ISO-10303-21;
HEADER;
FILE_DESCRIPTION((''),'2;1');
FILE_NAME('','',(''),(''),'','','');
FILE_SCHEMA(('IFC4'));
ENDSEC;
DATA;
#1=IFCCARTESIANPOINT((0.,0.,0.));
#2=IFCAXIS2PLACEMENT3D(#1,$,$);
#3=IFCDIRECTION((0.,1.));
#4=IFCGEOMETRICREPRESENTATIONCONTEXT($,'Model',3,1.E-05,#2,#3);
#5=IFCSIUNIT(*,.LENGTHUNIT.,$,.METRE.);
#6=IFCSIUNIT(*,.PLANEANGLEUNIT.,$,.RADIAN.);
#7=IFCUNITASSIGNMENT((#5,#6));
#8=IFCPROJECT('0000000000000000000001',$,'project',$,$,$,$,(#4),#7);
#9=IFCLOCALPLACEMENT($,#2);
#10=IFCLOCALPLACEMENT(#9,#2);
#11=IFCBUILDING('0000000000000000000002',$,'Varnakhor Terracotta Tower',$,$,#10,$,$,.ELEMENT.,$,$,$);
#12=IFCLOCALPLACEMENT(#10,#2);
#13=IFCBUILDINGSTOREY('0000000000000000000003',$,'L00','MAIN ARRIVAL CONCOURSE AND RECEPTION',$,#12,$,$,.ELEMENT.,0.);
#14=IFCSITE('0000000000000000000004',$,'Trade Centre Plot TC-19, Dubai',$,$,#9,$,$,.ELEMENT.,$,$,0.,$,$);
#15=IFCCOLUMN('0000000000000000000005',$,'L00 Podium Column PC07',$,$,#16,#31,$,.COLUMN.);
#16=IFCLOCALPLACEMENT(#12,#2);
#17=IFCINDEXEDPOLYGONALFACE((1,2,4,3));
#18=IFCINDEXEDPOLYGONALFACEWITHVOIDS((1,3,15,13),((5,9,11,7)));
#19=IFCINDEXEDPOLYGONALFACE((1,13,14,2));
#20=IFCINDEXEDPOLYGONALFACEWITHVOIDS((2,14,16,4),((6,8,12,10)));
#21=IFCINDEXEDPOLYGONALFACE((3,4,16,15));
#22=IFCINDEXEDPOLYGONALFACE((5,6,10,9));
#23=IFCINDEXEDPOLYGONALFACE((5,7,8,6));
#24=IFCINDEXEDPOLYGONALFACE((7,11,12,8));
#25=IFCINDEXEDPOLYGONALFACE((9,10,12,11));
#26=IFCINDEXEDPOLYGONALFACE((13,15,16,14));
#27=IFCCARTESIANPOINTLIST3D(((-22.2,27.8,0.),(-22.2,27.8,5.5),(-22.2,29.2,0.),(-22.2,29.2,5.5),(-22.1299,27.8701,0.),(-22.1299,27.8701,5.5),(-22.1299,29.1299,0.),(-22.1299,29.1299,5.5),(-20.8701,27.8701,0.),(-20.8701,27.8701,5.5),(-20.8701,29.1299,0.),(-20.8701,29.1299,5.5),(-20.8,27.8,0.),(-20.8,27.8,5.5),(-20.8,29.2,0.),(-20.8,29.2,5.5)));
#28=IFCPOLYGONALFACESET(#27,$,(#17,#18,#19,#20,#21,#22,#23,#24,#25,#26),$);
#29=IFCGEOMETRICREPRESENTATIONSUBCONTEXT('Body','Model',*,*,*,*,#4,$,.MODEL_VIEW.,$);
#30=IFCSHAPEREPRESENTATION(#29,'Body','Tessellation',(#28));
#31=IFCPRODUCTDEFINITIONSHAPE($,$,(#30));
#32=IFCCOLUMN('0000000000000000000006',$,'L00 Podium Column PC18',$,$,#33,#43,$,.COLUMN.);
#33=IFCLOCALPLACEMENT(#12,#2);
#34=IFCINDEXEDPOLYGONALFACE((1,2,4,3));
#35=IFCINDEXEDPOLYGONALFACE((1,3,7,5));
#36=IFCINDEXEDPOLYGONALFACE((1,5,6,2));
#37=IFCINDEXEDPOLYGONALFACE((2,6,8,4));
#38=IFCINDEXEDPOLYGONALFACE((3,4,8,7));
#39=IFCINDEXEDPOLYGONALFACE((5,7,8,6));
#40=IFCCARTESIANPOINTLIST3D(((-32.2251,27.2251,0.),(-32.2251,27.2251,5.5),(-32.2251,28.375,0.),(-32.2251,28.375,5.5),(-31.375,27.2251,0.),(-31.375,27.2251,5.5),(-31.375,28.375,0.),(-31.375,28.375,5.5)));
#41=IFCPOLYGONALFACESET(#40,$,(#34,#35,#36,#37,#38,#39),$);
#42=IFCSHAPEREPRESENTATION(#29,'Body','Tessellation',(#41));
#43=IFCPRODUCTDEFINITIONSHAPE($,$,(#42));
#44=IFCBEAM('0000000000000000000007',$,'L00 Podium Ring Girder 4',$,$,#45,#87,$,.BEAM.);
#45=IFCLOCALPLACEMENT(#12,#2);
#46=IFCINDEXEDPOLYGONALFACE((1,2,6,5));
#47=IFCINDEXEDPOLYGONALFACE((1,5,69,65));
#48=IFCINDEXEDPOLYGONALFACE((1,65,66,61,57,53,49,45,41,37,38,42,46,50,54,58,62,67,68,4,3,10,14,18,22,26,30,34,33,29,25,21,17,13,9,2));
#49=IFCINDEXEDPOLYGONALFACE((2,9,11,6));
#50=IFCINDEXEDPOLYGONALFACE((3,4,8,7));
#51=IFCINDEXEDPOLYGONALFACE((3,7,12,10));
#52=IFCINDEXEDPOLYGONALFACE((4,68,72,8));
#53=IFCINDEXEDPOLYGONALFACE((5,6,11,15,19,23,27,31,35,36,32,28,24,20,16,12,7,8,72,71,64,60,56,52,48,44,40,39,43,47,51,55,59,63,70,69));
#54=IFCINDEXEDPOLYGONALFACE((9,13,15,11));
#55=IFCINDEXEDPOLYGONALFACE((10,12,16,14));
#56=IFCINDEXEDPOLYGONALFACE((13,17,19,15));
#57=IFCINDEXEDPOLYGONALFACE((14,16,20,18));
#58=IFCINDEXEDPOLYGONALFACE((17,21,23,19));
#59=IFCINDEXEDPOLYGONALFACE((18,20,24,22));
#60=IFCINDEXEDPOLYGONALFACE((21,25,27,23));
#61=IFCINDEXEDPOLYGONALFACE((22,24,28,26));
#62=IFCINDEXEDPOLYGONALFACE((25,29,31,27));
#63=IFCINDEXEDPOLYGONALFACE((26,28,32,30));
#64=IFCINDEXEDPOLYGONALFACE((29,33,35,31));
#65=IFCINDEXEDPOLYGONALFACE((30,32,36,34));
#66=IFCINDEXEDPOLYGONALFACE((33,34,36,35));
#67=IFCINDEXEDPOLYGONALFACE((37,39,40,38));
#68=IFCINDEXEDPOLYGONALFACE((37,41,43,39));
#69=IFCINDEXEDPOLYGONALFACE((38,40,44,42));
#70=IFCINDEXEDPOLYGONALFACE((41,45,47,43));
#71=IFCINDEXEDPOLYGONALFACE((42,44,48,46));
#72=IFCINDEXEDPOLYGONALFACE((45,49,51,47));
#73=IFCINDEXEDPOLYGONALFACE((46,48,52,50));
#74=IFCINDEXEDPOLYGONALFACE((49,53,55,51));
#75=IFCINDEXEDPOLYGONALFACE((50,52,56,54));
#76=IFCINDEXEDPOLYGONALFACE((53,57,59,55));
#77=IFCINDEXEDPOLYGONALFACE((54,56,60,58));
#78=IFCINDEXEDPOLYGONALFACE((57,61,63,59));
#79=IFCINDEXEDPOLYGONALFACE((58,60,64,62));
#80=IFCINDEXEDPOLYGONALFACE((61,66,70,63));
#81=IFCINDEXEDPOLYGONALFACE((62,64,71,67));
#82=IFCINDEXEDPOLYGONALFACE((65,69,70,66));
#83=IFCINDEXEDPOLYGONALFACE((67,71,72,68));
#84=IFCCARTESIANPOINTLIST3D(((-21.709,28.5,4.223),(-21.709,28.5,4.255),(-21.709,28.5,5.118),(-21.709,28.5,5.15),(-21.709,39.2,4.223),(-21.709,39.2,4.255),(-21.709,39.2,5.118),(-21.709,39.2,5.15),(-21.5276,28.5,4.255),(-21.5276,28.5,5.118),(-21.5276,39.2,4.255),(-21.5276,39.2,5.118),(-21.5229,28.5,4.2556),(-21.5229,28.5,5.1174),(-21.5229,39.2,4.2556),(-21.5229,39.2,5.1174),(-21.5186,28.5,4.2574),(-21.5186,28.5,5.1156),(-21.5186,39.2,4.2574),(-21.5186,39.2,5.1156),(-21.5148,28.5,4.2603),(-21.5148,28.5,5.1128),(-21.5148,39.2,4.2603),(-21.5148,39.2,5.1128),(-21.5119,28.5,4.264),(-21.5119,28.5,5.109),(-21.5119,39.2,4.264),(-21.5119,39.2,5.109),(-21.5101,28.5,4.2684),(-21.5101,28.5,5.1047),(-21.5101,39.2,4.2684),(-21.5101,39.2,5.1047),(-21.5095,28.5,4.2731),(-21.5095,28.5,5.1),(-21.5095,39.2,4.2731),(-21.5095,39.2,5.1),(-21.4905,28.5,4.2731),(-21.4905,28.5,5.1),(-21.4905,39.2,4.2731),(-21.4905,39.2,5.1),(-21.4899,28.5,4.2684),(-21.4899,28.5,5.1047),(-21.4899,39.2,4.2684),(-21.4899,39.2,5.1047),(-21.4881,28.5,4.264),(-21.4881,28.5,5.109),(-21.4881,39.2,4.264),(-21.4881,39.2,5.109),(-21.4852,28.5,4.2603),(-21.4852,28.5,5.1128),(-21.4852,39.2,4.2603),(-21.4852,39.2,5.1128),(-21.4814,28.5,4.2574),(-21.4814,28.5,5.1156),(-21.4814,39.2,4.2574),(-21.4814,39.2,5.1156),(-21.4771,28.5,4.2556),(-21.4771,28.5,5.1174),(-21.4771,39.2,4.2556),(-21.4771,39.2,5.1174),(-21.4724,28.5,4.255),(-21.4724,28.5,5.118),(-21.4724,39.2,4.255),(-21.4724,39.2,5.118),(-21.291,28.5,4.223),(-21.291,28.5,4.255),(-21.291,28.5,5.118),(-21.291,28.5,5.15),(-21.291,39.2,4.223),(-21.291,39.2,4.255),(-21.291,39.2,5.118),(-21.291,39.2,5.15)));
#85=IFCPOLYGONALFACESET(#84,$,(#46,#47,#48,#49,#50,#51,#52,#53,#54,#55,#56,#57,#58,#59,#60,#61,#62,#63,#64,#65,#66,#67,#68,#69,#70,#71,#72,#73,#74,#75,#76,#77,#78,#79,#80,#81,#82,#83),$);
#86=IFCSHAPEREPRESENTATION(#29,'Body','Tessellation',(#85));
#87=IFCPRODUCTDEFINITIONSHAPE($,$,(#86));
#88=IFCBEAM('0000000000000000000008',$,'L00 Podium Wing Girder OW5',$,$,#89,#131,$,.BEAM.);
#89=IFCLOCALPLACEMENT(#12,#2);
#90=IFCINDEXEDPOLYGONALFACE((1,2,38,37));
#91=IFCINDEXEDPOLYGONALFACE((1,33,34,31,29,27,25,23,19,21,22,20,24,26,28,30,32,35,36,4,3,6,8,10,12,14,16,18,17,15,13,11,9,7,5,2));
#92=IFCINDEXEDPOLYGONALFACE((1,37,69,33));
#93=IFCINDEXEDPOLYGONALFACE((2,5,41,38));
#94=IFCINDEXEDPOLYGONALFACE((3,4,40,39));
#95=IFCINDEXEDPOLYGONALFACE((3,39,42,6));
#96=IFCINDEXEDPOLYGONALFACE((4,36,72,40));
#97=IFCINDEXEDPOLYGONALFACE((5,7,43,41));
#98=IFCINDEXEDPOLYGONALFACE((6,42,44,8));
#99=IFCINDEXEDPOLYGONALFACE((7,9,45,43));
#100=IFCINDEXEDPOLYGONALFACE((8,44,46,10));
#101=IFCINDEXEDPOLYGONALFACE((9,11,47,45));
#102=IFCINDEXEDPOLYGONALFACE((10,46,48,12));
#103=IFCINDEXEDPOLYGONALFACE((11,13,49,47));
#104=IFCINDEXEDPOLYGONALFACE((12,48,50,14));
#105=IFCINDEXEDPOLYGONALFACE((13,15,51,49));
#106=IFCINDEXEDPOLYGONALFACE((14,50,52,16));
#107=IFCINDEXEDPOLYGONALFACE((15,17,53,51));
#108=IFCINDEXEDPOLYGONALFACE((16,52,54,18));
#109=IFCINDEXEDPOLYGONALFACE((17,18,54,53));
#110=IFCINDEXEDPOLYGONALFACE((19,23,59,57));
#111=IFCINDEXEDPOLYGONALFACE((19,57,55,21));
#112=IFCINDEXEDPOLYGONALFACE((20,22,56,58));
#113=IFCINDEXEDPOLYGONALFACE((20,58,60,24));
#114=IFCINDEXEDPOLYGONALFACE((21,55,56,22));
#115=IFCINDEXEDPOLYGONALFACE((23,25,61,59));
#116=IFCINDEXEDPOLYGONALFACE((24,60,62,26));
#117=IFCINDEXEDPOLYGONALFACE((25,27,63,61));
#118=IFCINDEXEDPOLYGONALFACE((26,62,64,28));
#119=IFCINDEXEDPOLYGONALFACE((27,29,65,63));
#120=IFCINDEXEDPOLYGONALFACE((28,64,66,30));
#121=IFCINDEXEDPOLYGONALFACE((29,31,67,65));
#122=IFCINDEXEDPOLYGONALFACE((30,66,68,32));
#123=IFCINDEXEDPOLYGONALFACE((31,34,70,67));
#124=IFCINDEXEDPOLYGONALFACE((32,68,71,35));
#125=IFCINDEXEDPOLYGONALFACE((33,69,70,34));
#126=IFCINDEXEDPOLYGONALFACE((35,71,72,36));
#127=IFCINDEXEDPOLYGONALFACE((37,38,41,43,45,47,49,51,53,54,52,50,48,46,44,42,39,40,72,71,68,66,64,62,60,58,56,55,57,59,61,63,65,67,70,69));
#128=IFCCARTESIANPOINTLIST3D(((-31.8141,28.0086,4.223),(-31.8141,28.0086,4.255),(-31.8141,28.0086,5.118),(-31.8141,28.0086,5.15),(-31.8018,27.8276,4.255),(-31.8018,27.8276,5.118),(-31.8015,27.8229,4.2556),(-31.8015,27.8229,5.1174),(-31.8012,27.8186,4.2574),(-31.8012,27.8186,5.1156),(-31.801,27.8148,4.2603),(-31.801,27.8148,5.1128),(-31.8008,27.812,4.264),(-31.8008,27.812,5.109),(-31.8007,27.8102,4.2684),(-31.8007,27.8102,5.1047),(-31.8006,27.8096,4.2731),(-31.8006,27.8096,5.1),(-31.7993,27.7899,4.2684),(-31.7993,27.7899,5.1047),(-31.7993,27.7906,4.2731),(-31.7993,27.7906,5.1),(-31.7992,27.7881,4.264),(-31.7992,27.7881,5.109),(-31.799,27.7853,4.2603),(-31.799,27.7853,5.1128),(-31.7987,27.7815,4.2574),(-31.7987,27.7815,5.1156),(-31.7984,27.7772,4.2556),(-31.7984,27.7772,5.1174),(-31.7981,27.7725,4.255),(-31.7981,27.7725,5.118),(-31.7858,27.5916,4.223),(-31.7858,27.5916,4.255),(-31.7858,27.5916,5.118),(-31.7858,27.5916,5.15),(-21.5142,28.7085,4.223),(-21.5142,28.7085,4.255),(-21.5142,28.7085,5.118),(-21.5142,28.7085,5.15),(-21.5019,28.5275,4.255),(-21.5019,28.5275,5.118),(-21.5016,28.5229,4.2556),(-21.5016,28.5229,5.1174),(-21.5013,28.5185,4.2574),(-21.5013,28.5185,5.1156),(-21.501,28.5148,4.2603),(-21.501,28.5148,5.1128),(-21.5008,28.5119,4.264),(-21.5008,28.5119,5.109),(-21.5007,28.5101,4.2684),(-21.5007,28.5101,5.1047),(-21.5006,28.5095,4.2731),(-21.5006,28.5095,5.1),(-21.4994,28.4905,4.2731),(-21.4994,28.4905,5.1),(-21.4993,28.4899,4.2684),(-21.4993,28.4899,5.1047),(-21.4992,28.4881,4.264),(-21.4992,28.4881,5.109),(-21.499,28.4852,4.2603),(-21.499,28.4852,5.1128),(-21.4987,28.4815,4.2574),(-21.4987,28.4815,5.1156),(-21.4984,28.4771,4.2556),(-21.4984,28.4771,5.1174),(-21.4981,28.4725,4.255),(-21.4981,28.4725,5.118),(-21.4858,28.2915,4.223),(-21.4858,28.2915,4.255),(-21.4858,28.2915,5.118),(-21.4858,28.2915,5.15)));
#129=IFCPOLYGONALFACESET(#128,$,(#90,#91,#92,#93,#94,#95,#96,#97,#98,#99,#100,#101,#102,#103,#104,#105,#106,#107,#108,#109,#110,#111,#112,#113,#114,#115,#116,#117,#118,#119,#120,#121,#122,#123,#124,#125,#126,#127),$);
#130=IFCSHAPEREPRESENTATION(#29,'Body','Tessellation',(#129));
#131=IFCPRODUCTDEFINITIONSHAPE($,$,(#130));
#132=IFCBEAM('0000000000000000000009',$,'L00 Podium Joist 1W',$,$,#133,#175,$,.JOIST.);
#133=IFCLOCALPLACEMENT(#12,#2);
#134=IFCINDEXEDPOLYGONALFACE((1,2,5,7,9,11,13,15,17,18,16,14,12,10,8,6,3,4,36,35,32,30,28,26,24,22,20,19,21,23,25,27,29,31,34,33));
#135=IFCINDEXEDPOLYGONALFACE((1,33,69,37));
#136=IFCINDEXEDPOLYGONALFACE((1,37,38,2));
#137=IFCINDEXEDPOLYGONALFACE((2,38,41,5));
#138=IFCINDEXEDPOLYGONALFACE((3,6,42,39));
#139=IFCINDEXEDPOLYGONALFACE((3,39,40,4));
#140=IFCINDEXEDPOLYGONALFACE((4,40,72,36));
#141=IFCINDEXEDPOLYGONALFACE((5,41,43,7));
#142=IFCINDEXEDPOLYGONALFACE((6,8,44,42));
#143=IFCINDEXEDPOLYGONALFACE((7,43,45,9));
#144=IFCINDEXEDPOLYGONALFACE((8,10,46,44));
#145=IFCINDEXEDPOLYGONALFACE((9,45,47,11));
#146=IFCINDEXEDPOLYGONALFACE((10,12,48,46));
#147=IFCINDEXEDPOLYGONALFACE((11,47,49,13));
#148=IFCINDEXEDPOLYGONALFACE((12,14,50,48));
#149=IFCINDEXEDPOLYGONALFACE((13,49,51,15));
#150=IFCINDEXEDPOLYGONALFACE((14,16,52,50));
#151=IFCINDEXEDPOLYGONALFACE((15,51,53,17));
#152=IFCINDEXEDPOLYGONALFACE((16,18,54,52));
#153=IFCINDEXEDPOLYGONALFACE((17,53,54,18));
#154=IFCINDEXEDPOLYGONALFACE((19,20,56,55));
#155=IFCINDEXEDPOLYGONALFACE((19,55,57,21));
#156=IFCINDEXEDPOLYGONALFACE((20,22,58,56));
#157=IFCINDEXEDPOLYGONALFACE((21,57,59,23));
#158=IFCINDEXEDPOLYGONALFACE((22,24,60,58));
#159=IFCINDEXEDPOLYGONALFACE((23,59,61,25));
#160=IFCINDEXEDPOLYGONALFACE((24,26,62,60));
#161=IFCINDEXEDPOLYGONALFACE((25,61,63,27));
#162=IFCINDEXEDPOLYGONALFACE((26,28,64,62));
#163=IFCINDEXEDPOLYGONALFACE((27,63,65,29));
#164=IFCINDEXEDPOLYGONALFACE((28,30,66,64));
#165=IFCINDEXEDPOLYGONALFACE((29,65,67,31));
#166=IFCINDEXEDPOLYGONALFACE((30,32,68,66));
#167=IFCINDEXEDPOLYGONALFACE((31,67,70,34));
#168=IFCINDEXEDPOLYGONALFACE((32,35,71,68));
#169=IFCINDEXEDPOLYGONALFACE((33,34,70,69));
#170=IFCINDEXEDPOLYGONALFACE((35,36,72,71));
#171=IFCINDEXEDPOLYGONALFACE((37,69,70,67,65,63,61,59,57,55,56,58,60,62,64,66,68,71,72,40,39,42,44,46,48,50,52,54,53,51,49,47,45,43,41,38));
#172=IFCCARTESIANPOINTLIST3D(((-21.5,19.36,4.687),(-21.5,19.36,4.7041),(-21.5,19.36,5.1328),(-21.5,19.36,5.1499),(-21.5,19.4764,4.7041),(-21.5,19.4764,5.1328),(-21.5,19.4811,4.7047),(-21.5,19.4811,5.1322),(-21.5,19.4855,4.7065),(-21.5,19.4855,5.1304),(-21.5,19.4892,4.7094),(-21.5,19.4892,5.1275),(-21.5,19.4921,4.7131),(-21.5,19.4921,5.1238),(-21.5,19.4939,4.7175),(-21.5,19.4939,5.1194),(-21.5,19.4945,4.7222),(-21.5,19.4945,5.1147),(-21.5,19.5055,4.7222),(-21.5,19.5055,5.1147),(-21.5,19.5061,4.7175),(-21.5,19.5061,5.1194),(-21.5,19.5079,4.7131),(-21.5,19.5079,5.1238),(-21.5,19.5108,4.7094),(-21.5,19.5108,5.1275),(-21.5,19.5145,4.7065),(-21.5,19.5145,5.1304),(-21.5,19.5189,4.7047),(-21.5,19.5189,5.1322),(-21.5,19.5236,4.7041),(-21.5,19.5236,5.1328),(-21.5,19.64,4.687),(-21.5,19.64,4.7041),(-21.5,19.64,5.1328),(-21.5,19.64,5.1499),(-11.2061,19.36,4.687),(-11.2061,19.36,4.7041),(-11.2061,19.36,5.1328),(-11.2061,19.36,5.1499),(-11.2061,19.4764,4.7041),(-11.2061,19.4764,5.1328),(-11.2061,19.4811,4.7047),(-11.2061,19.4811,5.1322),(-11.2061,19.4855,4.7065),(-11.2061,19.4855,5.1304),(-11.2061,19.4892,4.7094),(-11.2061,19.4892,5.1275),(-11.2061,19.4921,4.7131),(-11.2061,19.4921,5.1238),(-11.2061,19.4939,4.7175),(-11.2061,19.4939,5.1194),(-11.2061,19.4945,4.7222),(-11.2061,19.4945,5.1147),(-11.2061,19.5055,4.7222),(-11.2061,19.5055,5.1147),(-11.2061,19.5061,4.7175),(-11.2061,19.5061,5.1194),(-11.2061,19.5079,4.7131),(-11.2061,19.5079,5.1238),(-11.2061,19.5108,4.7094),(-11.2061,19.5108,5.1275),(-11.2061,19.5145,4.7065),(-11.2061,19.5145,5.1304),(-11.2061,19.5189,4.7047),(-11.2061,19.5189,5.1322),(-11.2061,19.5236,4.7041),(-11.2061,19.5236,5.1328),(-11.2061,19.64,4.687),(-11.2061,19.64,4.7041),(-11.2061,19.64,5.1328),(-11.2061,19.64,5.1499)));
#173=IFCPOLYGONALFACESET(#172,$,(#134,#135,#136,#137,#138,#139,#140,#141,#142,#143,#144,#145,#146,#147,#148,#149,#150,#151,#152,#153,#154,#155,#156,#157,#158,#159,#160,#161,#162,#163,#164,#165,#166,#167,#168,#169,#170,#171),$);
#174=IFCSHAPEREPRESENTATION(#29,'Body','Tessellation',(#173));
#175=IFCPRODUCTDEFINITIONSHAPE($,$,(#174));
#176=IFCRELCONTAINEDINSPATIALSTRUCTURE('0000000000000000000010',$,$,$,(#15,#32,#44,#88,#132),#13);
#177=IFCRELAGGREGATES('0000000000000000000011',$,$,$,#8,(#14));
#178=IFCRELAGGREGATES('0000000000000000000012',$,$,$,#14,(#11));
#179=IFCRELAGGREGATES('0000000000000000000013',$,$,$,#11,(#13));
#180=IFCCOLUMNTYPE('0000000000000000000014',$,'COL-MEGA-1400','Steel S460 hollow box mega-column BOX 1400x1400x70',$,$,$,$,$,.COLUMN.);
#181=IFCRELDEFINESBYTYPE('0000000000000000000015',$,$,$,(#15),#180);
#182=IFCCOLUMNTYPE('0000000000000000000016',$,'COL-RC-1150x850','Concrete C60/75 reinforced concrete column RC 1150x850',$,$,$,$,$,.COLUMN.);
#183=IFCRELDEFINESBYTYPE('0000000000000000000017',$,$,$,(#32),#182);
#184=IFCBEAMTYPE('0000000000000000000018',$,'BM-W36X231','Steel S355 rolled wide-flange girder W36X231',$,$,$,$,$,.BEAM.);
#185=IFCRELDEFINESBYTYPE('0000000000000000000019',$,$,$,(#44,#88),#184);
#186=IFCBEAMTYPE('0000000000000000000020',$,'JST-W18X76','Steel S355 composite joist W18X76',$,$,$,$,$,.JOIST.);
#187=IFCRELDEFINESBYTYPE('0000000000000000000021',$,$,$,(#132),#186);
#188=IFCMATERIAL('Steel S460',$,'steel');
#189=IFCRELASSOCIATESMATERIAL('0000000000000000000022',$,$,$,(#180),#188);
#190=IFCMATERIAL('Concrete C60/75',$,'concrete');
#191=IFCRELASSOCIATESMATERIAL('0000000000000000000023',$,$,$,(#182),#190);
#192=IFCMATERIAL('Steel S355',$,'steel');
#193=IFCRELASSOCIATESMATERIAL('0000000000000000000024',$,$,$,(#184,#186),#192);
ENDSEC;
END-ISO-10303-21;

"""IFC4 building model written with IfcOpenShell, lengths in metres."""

from ifc_helpers import new_model, si_unit, direction, frame, origin, origin_2d, place, context, subcontext, project, spatial, rectangle, hollow_rectangle, i_section, extrude, source, transform, mapped, material, material_profile, profile_set, type_object, type_shapes, element, save


model = new_model("IFC4")

# Units and contexts
model_context = context("Model", 3, precision=1e-05, world=origin(), true_north=direction((0.0, 1.0)))
body_context = subcontext(model_context, "Body", "Model", "MODEL_VIEW")
ifc_project = project(units=[si_unit("LENGTHUNIT", "METRE"), si_unit("PLANEANGLEUNIT", "RADIAN")], contexts=[model_context])

# Site, building, storey
site_placement = place(None, origin())
site = spatial("IfcSite", under=ifc_project, at=site_placement, Name="Trade Centre Plot TC-19, Dubai", CompositionType="ELEMENT", RefElevation=0.0)
building_placement = place(site_placement, origin())
building = spatial("IfcBuilding", under=site, at=building_placement, Name="Varnakhor Terracotta Tower", CompositionType="ELEMENT")
storey_placement = place(building_placement, origin())
storey = spatial("IfcBuildingStorey", under=building, at=storey_placement, Name="L00", Description="MAIN ARRIVAL CONCOURSE AND RECEPTION", CompositionType="ELEMENT", Elevation=0.0)

# Columns
ifc_material_1 = material(Name="Steel S460", Category="steel")
ifc_material_profile_1 = material_profile(ifc_material_1, hollow_rectangle(XDim=1.3999, YDim=1.3999, WallThickness=0.0701, at=origin_2d()), Name="BOX 1400x1400x70")
ifc_profile_set_1 = profile_set([ifc_material_profile_1], Name="Steel S460")
column_type_1 = type_object("IfcColumnType", Name="COL-MEGA-1400", Description="Steel S460 hollow box mega-column BOX 1400x1400x70", PredefinedType="COLUMN", material=ifc_profile_set_1)
shared_shape_1 = source(origin(), body_context, "Body", "SweptSolid", [
    extrude(hollow_rectangle(XDim=1.3999, YDim=1.3999, WallThickness=0.0701, at=origin_2d()), origin(), (0.0, 0.0, 1.0), 5.5),
])
column_1_placement = place(storey_placement, frame((-21.5, 28.5, 0.0), z_axis=(0.0, 0.0, 1.0), x_axis=(1.0, 0.0, 0.0)))
element("IfcColumn", 1, at=column_1_placement, inside=storey, type_object=column_type_1, Name="L00 Podium Column PC07", PredefinedType="COLUMN", context=body_context, shape_type="MappedRepresentation", body=[
    mapped(shared_shape_1, transform((0.0, 0.0, 0.0), scale=1.0)),
])
ifc_material_2 = material(Name="Concrete C60/75", Category="concrete")
ifc_material_profile_2 = material_profile(ifc_material_2, rectangle(XDim=0.8501, YDim=1.1499, at=origin_2d()), Name="RC 1150x850")
ifc_profile_set_2 = profile_set([ifc_material_profile_2], Name="Concrete C60/75")
column_type_2 = type_object("IfcColumnType", Name="COL-RC-1150x850", Description="Concrete C60/75 reinforced concrete column RC 1150x850", PredefinedType="COLUMN", material=ifc_profile_set_2)
shared_shape_2 = source(origin(), body_context, "Body", "SweptSolid", [
    extrude(rectangle(XDim=0.8501, YDim=1.1499, at=origin_2d()), origin(), (0.0, 0.0, 1.0), 5.5),
])
column_2_placement = place(storey_placement, frame((-31.8, 27.8, 0.0), z_axis=(0.0, 0.0, 1.0), x_axis=(1.0, 0.0, 0.0)))
element("IfcColumn", 2, at=column_2_placement, inside=storey, type_object=column_type_2, Name="L00 Podium Column PC18", PredefinedType="COLUMN", context=body_context, shape_type="MappedRepresentation", body=[
    mapped(shared_shape_2, transform((0.0, 0.0, 0.0), scale=1.0)),
])

# Beams
ifc_material_3 = material(Name="Steel S355", Category="steel")
ifc_material_profile_3 = material_profile(ifc_material_3, i_section(OverallWidth=0.418, OverallDepth=0.927, WebThickness=0.019, FlangeThickness=0.032, FilletRadius=0.0181, at=origin_2d()), Name="W36X231")
ifc_profile_set_3 = profile_set([ifc_material_profile_3], Name="Steel S355")
beam_type_1 = type_object("IfcBeamType", Name="BM-W36X231", Description="Steel S355 rolled wide-flange girder W36X231", PredefinedType="BEAM", material=ifc_profile_set_3)
shared_shape_3 = source(origin(), body_context, "Body", "SweptSolid", [
    extrude(i_section(OverallWidth=0.418, OverallDepth=0.927, WebThickness=0.019, FlangeThickness=0.032, FilletRadius=0.0181, at=origin_2d()), origin(), (0.0, 0.0, 1.0), 10.7),
])
beam_1_placement = place(storey_placement, frame((-21.5, 28.5, 4.6865), z_axis=(0.0, 1.0, 0.0), x_axis=(-1.0, 0.0, 0.0)))
element("IfcBeam", 3, at=beam_1_placement, inside=storey, type_object=beam_type_1, Name="L00 Podium Ring Girder 4", PredefinedType="BEAM", context=body_context, shape_type="MappedRepresentation", body=[
    mapped(shared_shape_3, transform((0.0, 0.0, 0.0), scale=1.0)),
])
shared_shape_4 = source(origin(), body_context, "Body", "SweptSolid", [
    extrude(i_section(OverallWidth=0.418, OverallDepth=0.927, WebThickness=0.019, FlangeThickness=0.032, FilletRadius=0.0181, at=origin_2d()), origin(), (0.0, 0.0, 1.0), 10.3237),
])
beam_2_placement = place(storey_placement, frame((-21.5, 28.5, 4.6865), z_axis=(-0.997699, -0.0678, 0.0), x_axis=(0.0678, -0.997699, 0.0)))
element("IfcBeam", 4, at=beam_2_placement, inside=storey, type_object=beam_type_1, Name="L00 Podium Wing Girder OW5", PredefinedType="BEAM", context=body_context, shape_type="MappedRepresentation", body=[
    mapped(shared_shape_4, transform((0.0, 0.0, 0.0), scale=1.0)),
])
ifc_material_profile_4 = material_profile(ifc_material_3, i_section(OverallWidth=0.28, OverallDepth=0.4629, WebThickness=0.011, FlangeThickness=0.0171, FilletRadius=0.0181, at=origin_2d()), Name="W18X76")
ifc_profile_set_4 = profile_set([ifc_material_profile_4], Name="Steel S355")
beam_type_2 = type_object("IfcBeamType", Name="JST-W18X76", Description="Steel S355 composite joist W18X76", PredefinedType="JOIST", material=ifc_profile_set_4)
shared_shape_5 = source(origin(), body_context, "Body", "SweptSolid", [
    extrude(i_section(OverallWidth=0.28, OverallDepth=0.4629, WebThickness=0.011, FlangeThickness=0.0171, FilletRadius=0.0181, at=origin_2d()), origin(), (0.0, 0.0, 1.0), 10.2939),
])
type_shapes(beam_type_2, [shared_shape_5])
for number, where, z_axis, x_axis, name in (
    (5, (-21.5, 19.5, 4.9185), (1.0, 0.0, 0.0), (0.0, 1.0, 0.0), "L00 Podium Joist 1W"),
):
    element("IfcBeam", number, at=place(storey_placement, frame(where, z_axis=z_axis, x_axis=x_axis)), inside=storey, type_object=beam_type_2, Name=name, PredefinedType="JOIST", context=body_context, shape_type="MappedRepresentation", body=[
        mapped(shared_shape_5, transform((0.0, 0.0, 0.0), scale=1.0)),
    ])

save(model, "model.ifc")
